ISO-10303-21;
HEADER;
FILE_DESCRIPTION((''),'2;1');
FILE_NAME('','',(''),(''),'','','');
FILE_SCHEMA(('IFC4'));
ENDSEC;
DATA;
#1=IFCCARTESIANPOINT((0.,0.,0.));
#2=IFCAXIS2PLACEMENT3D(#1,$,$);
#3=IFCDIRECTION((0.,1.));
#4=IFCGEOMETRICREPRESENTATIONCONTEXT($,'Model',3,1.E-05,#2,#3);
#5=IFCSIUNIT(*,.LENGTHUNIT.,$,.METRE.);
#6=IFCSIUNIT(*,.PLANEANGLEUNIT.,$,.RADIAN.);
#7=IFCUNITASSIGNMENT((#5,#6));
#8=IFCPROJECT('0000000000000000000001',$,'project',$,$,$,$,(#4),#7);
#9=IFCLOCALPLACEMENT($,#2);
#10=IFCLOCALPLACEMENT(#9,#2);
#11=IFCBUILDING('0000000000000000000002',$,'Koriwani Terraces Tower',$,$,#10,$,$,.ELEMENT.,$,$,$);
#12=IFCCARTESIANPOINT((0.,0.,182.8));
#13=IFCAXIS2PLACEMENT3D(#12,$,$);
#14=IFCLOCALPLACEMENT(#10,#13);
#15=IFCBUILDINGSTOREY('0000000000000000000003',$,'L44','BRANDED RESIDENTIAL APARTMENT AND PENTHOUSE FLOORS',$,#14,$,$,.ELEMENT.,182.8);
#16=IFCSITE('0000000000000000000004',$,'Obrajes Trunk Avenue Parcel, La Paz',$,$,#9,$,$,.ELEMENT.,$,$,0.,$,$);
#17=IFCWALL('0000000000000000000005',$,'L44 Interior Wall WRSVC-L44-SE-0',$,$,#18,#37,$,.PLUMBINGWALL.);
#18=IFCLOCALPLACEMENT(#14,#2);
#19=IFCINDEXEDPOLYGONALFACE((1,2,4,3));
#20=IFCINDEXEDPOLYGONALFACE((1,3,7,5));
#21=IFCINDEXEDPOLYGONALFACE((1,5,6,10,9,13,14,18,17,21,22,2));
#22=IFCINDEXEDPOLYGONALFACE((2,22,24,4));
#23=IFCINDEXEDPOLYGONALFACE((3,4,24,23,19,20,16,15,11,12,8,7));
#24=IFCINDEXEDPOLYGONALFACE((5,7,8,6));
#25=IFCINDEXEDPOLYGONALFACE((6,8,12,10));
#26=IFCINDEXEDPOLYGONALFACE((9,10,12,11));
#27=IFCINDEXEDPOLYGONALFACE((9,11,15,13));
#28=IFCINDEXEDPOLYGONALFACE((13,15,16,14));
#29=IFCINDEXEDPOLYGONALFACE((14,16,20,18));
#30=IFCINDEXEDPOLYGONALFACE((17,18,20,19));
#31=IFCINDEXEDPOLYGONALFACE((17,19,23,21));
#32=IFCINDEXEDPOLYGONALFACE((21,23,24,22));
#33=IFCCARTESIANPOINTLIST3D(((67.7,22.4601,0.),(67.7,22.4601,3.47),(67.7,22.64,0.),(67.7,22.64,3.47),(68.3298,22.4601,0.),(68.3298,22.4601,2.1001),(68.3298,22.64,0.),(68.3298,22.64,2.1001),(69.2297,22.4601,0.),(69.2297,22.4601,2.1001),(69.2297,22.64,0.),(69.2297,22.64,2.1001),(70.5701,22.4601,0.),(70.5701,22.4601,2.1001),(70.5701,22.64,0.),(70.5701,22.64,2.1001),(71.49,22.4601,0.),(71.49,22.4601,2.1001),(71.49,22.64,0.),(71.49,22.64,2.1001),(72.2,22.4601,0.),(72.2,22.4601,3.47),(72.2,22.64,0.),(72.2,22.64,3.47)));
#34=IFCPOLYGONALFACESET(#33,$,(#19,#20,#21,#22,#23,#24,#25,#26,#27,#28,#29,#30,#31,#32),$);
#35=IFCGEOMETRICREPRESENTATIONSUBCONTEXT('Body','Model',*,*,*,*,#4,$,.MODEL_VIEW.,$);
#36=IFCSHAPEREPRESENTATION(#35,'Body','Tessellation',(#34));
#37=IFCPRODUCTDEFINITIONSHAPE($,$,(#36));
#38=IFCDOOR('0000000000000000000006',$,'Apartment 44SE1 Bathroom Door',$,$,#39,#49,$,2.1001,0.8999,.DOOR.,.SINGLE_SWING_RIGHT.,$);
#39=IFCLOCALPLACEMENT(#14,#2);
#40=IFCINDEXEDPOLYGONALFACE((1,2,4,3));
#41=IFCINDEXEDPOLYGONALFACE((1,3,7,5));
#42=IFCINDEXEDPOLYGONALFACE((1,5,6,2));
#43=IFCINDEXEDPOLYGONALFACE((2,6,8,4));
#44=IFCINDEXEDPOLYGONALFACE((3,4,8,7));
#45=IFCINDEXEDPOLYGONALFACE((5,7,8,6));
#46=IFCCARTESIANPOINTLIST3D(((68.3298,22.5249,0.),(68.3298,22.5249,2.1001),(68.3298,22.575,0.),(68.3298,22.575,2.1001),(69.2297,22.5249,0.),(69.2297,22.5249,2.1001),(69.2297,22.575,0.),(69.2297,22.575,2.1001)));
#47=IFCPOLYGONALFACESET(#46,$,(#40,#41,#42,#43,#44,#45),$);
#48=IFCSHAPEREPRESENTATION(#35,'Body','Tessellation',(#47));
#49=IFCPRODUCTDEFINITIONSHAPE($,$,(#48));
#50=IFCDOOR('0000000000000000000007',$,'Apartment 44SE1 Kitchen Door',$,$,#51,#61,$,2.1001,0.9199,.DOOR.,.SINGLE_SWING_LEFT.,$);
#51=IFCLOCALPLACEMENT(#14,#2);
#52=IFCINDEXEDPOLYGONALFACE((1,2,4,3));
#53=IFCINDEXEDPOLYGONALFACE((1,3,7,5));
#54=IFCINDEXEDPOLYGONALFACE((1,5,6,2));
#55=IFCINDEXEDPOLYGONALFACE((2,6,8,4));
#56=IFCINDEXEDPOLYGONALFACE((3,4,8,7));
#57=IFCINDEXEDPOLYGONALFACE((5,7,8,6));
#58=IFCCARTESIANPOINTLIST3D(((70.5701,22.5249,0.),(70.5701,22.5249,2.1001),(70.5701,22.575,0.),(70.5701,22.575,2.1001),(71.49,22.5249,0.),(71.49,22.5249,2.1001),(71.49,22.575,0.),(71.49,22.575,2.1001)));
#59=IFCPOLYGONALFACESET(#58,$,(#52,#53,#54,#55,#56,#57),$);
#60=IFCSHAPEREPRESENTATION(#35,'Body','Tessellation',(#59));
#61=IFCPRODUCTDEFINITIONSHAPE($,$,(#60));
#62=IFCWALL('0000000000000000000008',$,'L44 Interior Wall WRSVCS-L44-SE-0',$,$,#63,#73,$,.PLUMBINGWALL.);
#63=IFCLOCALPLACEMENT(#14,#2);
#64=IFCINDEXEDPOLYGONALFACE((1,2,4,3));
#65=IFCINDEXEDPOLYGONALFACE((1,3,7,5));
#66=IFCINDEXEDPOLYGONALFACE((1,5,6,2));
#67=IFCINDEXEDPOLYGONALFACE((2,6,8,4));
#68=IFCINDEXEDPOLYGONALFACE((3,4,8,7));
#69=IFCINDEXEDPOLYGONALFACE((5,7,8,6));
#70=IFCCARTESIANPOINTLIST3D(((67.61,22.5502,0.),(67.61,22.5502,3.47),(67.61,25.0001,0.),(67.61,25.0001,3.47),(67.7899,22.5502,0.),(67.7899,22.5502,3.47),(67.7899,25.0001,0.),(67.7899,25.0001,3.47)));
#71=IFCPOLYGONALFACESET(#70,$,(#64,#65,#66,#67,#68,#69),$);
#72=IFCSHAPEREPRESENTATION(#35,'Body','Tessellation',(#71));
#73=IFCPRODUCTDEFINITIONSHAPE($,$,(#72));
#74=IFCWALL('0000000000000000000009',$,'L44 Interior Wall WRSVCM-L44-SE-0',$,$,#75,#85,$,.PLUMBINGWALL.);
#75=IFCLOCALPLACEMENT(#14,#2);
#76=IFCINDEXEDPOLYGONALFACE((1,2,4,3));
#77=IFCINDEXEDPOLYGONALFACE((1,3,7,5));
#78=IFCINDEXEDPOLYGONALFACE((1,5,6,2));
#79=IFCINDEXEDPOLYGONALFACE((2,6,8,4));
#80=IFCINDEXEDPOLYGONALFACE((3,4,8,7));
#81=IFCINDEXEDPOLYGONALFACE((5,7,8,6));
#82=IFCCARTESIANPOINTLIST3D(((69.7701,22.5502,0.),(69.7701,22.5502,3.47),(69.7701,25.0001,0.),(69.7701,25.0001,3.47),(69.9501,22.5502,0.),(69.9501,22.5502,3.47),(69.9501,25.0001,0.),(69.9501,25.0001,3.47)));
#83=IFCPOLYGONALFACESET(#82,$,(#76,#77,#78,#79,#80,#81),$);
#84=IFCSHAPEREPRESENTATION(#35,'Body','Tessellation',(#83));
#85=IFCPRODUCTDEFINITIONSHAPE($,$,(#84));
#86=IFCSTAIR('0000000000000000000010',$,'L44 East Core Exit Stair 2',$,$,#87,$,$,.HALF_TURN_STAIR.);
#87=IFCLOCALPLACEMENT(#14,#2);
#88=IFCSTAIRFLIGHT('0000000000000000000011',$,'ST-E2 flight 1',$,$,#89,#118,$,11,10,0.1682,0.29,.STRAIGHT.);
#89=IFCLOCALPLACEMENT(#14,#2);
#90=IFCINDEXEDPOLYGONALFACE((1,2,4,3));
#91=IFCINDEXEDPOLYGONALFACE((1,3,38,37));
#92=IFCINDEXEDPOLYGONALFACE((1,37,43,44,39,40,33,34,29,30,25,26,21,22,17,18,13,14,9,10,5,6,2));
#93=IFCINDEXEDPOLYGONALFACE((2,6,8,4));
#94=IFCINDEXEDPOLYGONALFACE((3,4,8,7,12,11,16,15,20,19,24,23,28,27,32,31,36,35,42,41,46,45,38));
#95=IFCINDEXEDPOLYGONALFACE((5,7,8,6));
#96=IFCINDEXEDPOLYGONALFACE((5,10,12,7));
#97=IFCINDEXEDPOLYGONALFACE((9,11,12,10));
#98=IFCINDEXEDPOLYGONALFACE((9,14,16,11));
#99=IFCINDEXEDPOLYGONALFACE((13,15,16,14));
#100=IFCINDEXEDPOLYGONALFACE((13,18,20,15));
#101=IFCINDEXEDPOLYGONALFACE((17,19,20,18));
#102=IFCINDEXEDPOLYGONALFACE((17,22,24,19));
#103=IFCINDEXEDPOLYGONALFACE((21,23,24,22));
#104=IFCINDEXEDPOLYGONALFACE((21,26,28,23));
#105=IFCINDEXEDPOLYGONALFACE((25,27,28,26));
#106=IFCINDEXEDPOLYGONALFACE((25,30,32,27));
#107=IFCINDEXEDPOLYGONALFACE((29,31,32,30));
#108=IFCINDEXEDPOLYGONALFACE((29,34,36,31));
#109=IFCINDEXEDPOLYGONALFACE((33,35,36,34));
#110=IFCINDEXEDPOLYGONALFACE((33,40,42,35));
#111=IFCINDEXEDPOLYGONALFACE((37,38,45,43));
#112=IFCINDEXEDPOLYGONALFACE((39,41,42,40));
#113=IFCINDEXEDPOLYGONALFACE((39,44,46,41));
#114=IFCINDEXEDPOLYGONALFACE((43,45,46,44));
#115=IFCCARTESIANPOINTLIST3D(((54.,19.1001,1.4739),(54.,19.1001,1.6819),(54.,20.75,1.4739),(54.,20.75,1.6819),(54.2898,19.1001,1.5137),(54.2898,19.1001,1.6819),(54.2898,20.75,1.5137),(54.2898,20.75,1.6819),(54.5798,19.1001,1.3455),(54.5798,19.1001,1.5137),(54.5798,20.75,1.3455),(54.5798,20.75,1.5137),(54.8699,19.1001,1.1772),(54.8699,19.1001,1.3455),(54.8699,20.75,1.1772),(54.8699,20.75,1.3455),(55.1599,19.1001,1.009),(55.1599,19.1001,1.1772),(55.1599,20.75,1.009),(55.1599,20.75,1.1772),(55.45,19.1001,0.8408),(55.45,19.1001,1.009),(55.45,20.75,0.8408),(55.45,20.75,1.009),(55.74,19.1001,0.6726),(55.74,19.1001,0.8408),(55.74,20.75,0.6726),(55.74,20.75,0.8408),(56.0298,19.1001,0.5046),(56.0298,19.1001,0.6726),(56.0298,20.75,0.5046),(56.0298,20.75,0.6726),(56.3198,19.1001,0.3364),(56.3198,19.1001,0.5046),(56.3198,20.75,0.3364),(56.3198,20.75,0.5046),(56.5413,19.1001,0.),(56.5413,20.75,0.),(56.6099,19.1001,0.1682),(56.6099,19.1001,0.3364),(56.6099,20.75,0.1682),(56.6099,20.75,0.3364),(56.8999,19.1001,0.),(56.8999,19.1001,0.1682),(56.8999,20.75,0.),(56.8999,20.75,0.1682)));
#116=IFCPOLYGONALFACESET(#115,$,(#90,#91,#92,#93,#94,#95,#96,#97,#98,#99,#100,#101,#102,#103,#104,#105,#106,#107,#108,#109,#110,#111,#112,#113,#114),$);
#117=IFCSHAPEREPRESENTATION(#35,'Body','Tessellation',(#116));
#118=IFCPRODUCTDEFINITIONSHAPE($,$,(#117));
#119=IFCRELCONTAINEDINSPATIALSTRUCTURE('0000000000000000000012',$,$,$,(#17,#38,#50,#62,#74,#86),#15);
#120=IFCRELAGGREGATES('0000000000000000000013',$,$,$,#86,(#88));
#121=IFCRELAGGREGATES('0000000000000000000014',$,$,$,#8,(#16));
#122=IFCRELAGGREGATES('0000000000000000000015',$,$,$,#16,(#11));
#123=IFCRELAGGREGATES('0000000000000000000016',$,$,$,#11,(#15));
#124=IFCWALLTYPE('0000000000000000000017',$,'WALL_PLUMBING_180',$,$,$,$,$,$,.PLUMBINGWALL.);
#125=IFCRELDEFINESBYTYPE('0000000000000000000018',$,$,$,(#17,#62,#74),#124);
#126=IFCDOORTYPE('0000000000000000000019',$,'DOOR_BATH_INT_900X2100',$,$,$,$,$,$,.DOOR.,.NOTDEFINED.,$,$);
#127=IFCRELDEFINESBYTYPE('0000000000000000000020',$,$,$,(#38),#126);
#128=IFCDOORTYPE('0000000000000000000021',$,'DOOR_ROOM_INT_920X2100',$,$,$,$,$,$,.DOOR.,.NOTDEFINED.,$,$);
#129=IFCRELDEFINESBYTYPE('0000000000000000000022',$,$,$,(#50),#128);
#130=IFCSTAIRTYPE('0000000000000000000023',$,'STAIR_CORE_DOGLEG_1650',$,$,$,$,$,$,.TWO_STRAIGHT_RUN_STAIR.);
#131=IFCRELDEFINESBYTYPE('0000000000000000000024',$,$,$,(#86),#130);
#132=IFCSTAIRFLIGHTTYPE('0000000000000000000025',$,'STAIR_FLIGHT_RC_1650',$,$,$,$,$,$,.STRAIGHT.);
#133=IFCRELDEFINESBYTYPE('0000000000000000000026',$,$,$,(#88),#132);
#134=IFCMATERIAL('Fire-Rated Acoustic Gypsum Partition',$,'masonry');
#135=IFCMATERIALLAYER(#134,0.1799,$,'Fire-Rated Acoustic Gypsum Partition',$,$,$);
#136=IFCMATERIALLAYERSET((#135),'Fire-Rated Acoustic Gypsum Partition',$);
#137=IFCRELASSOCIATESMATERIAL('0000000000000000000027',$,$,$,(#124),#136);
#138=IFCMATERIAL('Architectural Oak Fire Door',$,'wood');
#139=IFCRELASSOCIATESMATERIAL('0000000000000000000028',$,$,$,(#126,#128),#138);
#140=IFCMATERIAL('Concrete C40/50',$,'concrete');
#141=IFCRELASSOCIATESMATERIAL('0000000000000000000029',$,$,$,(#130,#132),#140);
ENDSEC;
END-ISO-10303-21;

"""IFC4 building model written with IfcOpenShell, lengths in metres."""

from ifc_helpers import new_model, si_unit, direction, frame, frame_2d, origin, place, context, subcontext, project, spatial, polyline, rectangle, outline, extrude, material, layer, layer_set, type_object, element, fill, aggregate, save


model = new_model("IFC4")

# Units and contexts
model_context = context("Model", 3, precision=1e-05, world=origin(), true_north=direction((0.0, 1.0)))
body_context = subcontext(model_context, "Body", "Model", "MODEL_VIEW")
ifc_project = project(units=[si_unit("LENGTHUNIT", "METRE"), si_unit("PLANEANGLEUNIT", "RADIAN")], contexts=[model_context])

# Site, building, storey
site_placement = place(None, origin())
site = spatial("IfcSite", under=ifc_project, at=site_placement, Name="Obrajes Trunk Avenue Parcel, La Paz", CompositionType="ELEMENT", RefElevation=0.0)
building_placement = place(site_placement, origin())
building = spatial("IfcBuilding", under=site, at=building_placement, Name="Koriwani Terraces Tower", CompositionType="ELEMENT")
storey_placement = place(building_placement, frame((0.0, 0.0, 182.8)))
storey = spatial("IfcBuildingStorey", under=building, at=storey_placement, Name="L44", Description="BRANDED RESIDENTIAL APARTMENT AND PENTHOUSE FLOORS", CompositionType="ELEMENT", Elevation=182.8)

# Shared definitions
ifc_material_1 = material(Name="Architectural Oak Fire Door", Category="wood")

# Wall, openings, doors
ifc_material_2 = material(Name="Fire-Rated Acoustic Gypsum Partition", Category="masonry")
ifc_layer_1 = layer(ifc_material_2, 0.1799, Name="Fire-Rated Acoustic Gypsum Partition")
ifc_layer_set_1 = layer_set([ifc_layer_1], Name="Fire-Rated Acoustic Gypsum Partition")
wall_type_1 = type_object("IfcWallType", Name="WALL_PLUMBING_180", PredefinedType="PLUMBINGWALL", material=ifc_layer_set_1)
wall_1_placement = place(storey_placement, frame((67.7, 22.55, 0.0), z_axis=(0.0, 0.0, 1.0), x_axis=(1.0, 0.0, 0.0)))
wall_1 = element("IfcWall", 1, at=wall_1_placement, inside=storey, type_object=wall_type_1, Name="L44 Interior Wall WRSVC-L44-SE-0", PredefinedType="PLUMBINGWALL", context=body_context, shape_type="SweptSolid", body=[
    extrude(rectangle(XDim=4.5, YDim=0.1799, at=frame_2d((2.25, 0.0))), origin(), (0.0, 0.0, 1.0), 3.47),
])
opening_1_placement = place(wall_1_placement, frame((0.6299, 0.0, 0.0)))
opening_1 = element("IfcOpeningElement", 2, at=opening_1_placement, cuts=wall_1, PredefinedType="OPENING", context=body_context, shape_type="SweptSolid", body=[
    extrude(rectangle(XDim=0.8999, YDim=2.1001, at=frame_2d((0.45, 1.05))), frame((0.0, 0.1001, 0.0), z_axis=(0.0, -1.0, 0.0), x_axis=(1.0, 0.0, 0.0)), (0.0, 0.0, 1.0), 0.2),
])
opening_2_placement = place(wall_1_placement, frame((2.8701, 0.0, 0.0)))
opening_2 = element("IfcOpeningElement", 3, at=opening_2_placement, cuts=wall_1, PredefinedType="OPENING", context=body_context, shape_type="SweptSolid", body=[
    extrude(rectangle(XDim=0.9199, YDim=2.1001, at=frame_2d((0.46, 1.05))), frame((0.0, 0.1001, 0.0), z_axis=(0.0, -1.0, 0.0), x_axis=(1.0, 0.0, 0.0)), (0.0, 0.0, 1.0), 0.2),
])
door_type_1 = type_object("IfcDoorType", Name="DOOR_BATH_INT_900X2100", OperationType="NOTDEFINED", PredefinedType="DOOR", material=ifc_material_1)
door_1_placement = place(opening_1_placement, origin())
door_1 = element("IfcDoor", 4, at=door_1_placement, inside=storey, type_object=door_type_1, Name="Apartment 44SE1 Bathroom Door", OperationType="SINGLE_SWING_RIGHT", OverallHeight=2.1001, OverallWidth=0.8999, PredefinedType="DOOR", context=body_context, shape_type="SweptSolid", body=[
    extrude(rectangle(XDim=0.8999, YDim=2.1001, at=frame_2d((0.45, 1.05))), frame((0.0, 0.0249, 0.0), z_axis=(0.0, -1.0, 0.0), x_axis=(1.0, 0.0, 0.0)), (0.0, 0.0, 1.0), 0.05),
])
fill(opening_1, door_1)
door_type_2 = type_object("IfcDoorType", Name="DOOR_ROOM_INT_920X2100", OperationType="NOTDEFINED", PredefinedType="DOOR", material=ifc_material_1)
door_2_placement = place(opening_2_placement, origin())
door_2 = element("IfcDoor", 5, at=door_2_placement, inside=storey, type_object=door_type_2, Name="Apartment 44SE1 Kitchen Door", OperationType="SINGLE_SWING_LEFT", OverallHeight=2.1001, OverallWidth=0.9199, PredefinedType="DOOR", context=body_context, shape_type="SweptSolid", body=[
    extrude(rectangle(XDim=0.9199, YDim=2.1001, at=frame_2d((0.46, 1.05))), frame((0.0, 0.0249, 0.0), z_axis=(0.0, -1.0, 0.0), x_axis=(1.0, 0.0, 0.0)), (0.0, 0.0, 1.0), 0.05),
])
fill(opening_2, door_2)

# Walls
for number, where, z_axis, x_axis, name in (
    (6, (67.7, 22.55, 0.0), (0.0, 0.0, 1.0), (0.0, 1.0, 0.0), "L44 Interior Wall WRSVCS-L44-SE-0"),
    (7, (69.8601, 22.55, 0.0), (0.0, 0.0, 1.0), (0.0, 1.0, 0.0), "L44 Interior Wall WRSVCM-L44-SE-0"),
):
    element("IfcWall", number, at=place(storey_placement, frame(where, z_axis=z_axis, x_axis=x_axis)), inside=storey, type_object=wall_type_1, Name=name, PredefinedType="PLUMBINGWALL", context=body_context, shape_type="SweptSolid", body=[
        extrude(rectangle(XDim=2.45, YDim=0.1799, at=frame_2d((1.2251, 0.0))), origin(), (0.0, 0.0, 1.0), 3.47),
    ])

# Shared definitions
ifc_material_3 = material(Name="Concrete C40/50", Category="concrete")

# Stair, stair flight
stair_type = type_object("IfcStairType", Name="STAIR_CORE_DOGLEG_1650", PredefinedType="TWO_STRAIGHT_RUN_STAIR", material=ifc_material_3)
stair_placement = place(storey_placement, origin())
stair = element("IfcStair", 8, at=stair_placement, inside=storey, type_object=stair_type, Name="L44 East Core Exit Stair 2", PredefinedType="HALF_TURN_STAIR")
stair_flight_type = type_object("IfcStairFlightType", Name="STAIR_FLIGHT_RC_1650", PredefinedType="STRAIGHT", material=ifc_material_3)
stair_flight_placement = place(storey_placement, frame((56.8999, 19.925, 0.0), z_axis=(0.0, 0.0, 1.0), x_axis=(-1.0, 0.0, 0.0)))
stair_flight = element("IfcStairFlight", 9, at=stair_flight_placement, type_object=stair_flight_type, Name="ST-E2 flight 1", NumberOfRisers=11, NumberOfTreads=10, PredefinedType="STRAIGHT", RiserHeight=0.1682, TreadLength=0.29, context=body_context, shape_type="SweptSolid", body=[
    extrude(outline(polyline([(0.0, 0.0), (0.0, 0.1682), (0.29, 0.1682), (0.29, 0.3364), (0.5801, 0.3364), (0.5801, 0.5046), (0.8701, 0.5046), (0.8701, 0.6726), (1.1599, 0.6726), (1.1599, 0.8408), (1.45, 0.8408), (1.45, 1.009), (1.74, 1.009), (1.74, 1.1772), (2.03, 1.1772), (2.03, 1.3455), (2.3201, 1.3455), (2.3201, 1.5137), (2.6101, 1.5137), (2.6101, 1.6819), (2.8999, 1.6819), (2.8999, 1.8501), (2.8999, 1.4739), (0.3586, 0.0), (0.0, 0.0)])), frame((0.0, 0.825, 0.0), z_axis=(0.0, -1.0, 0.0), x_axis=(1.0, 0.0, 0.0)), (0.0, 0.0, 1.0), 1.6499),
])
aggregate(stair, [stair_flight])

save(model, "model.ifc")
